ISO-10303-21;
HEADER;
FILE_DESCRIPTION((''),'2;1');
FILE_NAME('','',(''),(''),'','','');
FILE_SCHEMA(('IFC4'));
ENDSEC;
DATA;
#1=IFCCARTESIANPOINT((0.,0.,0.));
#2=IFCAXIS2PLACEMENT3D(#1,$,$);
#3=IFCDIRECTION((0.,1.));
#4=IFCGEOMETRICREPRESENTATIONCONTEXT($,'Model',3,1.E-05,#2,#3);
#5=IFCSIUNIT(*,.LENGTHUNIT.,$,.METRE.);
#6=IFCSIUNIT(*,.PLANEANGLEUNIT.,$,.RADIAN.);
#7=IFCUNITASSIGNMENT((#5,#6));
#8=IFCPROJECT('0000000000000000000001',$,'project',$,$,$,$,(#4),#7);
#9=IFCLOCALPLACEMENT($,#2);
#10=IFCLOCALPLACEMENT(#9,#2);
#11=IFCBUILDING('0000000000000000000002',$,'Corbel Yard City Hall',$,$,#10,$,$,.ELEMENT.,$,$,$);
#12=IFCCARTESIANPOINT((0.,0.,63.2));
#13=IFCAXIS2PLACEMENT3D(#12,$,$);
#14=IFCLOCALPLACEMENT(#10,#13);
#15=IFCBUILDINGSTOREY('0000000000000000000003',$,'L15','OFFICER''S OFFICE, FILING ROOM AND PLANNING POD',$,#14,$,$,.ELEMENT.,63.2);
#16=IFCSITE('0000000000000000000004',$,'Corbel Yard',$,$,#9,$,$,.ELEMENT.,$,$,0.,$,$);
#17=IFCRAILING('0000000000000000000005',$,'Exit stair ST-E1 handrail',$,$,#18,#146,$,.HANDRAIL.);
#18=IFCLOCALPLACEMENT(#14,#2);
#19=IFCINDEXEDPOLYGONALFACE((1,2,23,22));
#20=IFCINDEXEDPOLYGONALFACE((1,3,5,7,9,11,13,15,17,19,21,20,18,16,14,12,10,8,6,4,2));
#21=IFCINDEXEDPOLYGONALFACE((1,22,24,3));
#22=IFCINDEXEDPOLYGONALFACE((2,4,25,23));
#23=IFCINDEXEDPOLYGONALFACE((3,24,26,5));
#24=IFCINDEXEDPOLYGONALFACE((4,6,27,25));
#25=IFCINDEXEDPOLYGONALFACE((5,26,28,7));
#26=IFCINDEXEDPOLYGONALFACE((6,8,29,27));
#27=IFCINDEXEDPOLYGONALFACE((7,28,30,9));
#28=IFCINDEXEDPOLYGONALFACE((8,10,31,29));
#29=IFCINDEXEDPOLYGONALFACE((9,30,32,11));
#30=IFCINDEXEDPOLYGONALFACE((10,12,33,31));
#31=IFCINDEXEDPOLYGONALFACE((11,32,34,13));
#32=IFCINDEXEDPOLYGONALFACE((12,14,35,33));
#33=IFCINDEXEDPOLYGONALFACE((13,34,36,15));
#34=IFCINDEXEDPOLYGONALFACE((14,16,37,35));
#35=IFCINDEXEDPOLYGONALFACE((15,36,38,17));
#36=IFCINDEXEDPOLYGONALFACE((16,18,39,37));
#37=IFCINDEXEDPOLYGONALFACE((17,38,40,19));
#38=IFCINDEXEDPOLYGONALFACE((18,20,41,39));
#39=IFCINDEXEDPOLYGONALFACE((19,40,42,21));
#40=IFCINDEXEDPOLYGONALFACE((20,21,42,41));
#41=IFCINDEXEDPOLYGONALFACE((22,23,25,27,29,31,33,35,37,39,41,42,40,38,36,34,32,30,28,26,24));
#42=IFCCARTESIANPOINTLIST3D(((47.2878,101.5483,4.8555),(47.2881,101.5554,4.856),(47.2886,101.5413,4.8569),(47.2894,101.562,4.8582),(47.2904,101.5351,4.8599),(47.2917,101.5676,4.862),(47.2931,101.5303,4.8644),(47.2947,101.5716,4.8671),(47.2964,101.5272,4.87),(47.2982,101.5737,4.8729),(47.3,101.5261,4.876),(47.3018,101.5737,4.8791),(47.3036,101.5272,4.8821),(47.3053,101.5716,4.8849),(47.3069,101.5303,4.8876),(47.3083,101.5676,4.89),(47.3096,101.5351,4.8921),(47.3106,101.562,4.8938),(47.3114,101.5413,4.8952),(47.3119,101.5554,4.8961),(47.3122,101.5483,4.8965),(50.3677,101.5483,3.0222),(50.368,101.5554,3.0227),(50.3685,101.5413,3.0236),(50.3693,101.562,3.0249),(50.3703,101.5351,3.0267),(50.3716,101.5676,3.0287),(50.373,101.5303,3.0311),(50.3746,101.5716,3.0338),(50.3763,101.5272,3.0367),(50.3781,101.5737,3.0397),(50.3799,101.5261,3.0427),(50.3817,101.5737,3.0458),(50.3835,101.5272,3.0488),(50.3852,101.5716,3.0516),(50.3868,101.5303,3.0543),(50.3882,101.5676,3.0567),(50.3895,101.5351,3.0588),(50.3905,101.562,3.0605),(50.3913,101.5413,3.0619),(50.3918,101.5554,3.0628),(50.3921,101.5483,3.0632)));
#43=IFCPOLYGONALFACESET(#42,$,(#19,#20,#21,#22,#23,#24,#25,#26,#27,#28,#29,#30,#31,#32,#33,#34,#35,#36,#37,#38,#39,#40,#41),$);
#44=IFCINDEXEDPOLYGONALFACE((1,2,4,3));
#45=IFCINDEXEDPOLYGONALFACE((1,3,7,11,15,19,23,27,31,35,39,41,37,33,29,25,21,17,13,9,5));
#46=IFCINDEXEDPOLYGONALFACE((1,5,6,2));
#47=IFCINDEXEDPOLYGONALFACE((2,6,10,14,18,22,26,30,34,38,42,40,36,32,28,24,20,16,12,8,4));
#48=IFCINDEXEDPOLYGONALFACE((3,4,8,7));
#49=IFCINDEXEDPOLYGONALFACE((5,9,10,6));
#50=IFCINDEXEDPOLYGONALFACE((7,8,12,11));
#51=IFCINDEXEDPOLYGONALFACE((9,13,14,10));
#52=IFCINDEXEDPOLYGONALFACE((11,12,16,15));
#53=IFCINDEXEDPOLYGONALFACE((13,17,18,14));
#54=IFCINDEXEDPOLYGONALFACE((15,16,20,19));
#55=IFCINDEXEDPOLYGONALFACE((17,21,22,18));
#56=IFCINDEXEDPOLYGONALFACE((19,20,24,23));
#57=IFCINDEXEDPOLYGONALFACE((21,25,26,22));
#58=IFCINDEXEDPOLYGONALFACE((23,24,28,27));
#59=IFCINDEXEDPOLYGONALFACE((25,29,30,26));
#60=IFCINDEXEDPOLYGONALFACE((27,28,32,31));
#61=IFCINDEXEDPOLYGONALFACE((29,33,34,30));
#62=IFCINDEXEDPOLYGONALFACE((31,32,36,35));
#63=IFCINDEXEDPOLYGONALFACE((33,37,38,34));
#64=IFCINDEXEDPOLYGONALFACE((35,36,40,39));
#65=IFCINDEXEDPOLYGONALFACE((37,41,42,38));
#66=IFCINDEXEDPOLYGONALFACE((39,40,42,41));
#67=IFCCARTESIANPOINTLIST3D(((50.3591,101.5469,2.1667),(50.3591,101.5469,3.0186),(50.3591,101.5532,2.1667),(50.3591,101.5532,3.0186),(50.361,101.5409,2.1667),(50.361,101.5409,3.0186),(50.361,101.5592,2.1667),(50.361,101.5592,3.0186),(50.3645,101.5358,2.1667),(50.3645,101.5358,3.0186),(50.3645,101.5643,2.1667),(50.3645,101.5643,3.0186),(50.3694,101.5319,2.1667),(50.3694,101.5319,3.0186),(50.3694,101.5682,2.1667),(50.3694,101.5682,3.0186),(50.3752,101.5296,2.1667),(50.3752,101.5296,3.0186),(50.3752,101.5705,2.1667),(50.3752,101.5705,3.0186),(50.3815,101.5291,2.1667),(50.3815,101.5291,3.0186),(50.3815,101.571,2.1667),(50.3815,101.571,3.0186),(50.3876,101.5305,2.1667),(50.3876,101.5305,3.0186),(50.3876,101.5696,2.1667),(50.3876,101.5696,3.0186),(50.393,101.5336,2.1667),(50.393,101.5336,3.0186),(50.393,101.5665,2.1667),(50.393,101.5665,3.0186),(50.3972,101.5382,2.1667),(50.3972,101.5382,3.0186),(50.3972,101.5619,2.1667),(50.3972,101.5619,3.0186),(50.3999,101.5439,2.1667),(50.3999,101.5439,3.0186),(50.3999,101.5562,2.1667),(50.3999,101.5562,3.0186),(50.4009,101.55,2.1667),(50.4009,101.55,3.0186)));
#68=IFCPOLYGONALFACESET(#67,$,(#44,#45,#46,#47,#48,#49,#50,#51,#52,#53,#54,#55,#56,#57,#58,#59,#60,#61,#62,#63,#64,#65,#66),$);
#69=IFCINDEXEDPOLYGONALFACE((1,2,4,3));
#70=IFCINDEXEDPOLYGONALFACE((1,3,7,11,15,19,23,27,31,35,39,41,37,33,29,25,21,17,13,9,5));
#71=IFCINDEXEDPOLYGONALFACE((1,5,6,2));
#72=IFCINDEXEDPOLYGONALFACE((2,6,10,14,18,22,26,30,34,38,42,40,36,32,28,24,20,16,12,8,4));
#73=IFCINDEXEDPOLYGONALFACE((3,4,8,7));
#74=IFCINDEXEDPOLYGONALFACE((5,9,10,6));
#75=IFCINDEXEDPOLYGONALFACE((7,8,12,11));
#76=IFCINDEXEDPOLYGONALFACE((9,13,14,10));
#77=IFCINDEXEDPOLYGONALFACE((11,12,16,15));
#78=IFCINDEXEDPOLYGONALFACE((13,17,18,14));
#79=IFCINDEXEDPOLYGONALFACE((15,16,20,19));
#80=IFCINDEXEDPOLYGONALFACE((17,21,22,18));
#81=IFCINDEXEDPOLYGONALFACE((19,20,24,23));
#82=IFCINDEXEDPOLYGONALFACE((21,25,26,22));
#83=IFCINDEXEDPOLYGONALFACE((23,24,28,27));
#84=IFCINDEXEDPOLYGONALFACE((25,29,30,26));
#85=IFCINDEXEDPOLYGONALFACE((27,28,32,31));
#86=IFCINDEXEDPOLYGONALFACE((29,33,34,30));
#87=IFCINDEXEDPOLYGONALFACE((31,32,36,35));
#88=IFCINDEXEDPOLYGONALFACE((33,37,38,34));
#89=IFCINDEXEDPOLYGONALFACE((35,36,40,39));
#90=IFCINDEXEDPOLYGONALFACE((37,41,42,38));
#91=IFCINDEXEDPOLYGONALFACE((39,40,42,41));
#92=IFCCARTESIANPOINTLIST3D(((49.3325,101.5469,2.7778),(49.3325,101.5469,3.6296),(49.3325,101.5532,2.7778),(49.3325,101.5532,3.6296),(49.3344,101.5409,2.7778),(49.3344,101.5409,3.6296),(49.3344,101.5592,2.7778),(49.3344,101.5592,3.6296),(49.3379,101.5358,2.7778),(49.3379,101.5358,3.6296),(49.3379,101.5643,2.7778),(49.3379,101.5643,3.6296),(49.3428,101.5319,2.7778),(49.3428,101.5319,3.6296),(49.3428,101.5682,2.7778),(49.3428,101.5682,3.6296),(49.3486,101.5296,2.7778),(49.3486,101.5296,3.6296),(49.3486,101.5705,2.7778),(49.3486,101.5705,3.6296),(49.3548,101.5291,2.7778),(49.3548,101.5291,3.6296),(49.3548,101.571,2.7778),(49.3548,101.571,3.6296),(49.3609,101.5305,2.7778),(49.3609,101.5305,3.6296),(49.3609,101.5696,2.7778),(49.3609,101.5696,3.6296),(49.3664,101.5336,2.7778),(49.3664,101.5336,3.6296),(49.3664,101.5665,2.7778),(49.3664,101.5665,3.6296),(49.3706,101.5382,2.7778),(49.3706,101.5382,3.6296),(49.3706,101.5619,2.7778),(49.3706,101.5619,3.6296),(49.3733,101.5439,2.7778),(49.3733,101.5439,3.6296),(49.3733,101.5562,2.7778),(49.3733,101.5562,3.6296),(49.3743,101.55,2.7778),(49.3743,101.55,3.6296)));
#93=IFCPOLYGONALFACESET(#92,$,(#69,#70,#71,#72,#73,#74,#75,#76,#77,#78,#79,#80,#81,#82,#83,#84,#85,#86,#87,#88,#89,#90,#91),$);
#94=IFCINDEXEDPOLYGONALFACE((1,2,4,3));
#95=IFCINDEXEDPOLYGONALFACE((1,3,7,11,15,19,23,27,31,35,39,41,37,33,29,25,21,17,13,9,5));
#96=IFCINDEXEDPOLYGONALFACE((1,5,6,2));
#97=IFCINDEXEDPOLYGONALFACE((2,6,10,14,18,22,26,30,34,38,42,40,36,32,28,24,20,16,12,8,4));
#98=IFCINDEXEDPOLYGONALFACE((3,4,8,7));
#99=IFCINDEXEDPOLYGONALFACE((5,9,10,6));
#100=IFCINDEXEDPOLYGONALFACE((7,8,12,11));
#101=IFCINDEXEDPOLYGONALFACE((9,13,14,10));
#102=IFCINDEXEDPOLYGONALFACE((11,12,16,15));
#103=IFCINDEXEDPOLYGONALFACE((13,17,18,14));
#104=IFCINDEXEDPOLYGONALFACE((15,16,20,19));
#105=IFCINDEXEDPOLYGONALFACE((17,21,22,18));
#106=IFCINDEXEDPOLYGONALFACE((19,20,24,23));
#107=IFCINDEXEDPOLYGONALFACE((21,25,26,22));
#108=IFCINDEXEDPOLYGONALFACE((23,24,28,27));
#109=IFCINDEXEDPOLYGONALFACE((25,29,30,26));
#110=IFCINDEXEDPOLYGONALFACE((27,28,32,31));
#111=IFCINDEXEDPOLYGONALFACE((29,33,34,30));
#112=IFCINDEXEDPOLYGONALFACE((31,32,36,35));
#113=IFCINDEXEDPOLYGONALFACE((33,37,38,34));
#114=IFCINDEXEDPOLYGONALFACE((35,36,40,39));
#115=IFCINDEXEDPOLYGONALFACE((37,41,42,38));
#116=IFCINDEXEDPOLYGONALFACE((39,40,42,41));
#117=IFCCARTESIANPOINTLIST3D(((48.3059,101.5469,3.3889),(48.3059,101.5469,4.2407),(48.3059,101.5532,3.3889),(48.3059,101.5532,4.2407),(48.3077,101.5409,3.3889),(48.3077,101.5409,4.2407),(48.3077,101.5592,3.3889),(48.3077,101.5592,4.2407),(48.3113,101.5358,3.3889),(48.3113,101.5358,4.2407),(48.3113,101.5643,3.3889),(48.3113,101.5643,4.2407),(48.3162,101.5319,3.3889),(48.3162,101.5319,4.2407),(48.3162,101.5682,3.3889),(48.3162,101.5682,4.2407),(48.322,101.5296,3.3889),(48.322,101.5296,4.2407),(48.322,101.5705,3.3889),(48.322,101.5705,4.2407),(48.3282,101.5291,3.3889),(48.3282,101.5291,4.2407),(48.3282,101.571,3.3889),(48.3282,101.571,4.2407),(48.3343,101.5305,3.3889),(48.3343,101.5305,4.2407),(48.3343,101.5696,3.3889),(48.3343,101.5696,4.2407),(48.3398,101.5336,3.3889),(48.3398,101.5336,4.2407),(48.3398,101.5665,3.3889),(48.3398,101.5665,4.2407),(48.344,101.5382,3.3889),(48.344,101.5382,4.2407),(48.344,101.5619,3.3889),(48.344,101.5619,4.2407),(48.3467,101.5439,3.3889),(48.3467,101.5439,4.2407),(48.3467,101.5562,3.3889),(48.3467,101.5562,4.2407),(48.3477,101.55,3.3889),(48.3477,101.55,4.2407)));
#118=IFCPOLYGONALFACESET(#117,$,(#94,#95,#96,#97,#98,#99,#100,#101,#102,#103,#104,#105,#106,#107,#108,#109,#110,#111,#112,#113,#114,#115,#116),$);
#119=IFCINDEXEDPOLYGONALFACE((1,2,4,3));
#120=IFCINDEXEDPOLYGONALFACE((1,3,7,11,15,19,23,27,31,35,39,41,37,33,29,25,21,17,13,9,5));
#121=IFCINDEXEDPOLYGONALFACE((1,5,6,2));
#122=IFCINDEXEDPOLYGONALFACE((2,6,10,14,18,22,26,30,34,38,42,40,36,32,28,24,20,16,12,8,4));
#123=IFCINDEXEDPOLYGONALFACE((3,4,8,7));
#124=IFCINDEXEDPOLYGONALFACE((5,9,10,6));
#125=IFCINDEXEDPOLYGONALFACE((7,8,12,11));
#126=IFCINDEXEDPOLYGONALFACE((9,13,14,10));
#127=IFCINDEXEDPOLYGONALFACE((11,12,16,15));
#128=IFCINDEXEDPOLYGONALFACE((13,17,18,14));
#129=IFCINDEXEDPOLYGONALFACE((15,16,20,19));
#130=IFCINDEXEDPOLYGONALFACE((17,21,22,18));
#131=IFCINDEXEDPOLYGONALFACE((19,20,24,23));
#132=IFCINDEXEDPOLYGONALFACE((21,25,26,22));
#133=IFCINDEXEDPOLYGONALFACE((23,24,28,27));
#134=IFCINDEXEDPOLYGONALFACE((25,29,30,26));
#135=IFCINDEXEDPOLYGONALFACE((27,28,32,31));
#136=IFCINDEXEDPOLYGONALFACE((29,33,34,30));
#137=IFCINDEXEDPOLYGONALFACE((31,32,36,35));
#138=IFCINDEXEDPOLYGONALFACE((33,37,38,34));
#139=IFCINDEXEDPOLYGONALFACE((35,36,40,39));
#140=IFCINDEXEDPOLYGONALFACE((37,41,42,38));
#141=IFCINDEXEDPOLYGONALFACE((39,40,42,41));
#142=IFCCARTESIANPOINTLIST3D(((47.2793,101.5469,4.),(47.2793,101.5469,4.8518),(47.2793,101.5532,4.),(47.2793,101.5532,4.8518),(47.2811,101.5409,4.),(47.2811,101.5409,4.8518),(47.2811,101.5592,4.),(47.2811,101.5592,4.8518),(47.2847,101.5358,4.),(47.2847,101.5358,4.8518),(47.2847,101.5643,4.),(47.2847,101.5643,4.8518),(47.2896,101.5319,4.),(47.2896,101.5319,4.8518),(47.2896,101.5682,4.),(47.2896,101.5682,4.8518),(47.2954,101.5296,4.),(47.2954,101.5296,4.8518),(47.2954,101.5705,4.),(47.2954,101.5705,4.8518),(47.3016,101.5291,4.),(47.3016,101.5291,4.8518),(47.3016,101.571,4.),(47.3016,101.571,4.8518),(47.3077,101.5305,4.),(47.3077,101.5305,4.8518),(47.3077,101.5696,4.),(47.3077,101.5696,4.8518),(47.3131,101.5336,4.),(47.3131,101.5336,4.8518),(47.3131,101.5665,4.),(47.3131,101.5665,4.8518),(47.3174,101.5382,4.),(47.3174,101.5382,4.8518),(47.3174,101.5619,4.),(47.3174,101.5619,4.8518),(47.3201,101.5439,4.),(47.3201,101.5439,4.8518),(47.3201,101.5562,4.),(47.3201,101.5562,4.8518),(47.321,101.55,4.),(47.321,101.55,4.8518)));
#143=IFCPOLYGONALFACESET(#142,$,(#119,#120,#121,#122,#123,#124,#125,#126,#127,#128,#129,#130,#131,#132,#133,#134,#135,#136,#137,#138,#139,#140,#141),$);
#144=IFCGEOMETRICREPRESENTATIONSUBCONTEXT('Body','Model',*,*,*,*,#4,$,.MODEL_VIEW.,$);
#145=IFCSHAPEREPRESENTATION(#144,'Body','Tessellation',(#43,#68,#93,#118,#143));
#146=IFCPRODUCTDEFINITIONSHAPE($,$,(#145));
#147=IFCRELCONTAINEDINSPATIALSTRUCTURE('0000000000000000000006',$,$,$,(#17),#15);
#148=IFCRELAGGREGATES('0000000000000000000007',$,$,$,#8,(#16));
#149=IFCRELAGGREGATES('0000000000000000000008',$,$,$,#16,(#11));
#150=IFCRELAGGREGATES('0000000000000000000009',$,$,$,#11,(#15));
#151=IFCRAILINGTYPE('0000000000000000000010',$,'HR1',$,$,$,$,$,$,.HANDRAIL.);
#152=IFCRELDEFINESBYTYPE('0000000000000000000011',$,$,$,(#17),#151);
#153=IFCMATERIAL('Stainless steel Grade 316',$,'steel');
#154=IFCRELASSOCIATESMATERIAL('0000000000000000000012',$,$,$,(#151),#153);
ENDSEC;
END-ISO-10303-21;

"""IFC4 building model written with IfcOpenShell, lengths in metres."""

from ifc_helpers import new_model, si_unit, direction, frame, origin, origin_2d, place, context, subcontext, project, spatial, circle, extrude, material, type_object, element, save


model = new_model("IFC4")

# Units and contexts
model_context = context("Model", 3, precision=1e-05, world=origin(), true_north=direction((0.0, 1.0)))
body_context = subcontext(model_context, "Body", "Model", "MODEL_VIEW")
ifc_project = project(units=[si_unit("LENGTHUNIT", "METRE"), si_unit("PLANEANGLEUNIT", "RADIAN")], contexts=[model_context])

# Site, building, storey
site_placement = place(None, origin())
site = spatial("IfcSite", under=ifc_project, at=site_placement, Name="Corbel Yard", CompositionType="ELEMENT", RefElevation=0.0)
building_placement = place(site_placement, origin())
building = spatial("IfcBuilding", under=site, at=building_placement, Name="Corbel Yard City Hall", CompositionType="ELEMENT")
storey_placement = place(building_placement, frame((0.0, 0.0, 63.2)))
storey = spatial("IfcBuildingStorey", under=building, at=storey_placement, Name="L15", Description="OFFICER'S OFFICE, FILING ROOM AND PLANNING POD", CompositionType="ELEMENT", Elevation=63.2)

# Railing
ifc_material_1 = material(Name="Stainless steel Grade 316", Category="steel")
railing_type = type_object("IfcRailingType", Name="HR1", PredefinedType="HANDRAIL", material=ifc_material_1)
for number, where, name in (
    (1, (50.3799, 101.55, 2.1667), "Exit stair ST-E1 handrail"),
):
    element("IfcRailing", number, at=place(storey_placement, frame(where)), inside=storey, type_object=railing_type, Name=name, PredefinedType="HANDRAIL", context=body_context, shape_type="SweptSolid", body=[
        extrude(circle(Radius=0.0239, at=origin_2d()), frame((0.0, 0.0, 0.876), z_axis=(-0.859291, 0.0, 0.511487), x_axis=(0.0, -1.0, 0.0)), (0.0, 0.0, 1.0), 3.5842),
        extrude(circle(Radius=0.021, at=origin_2d()), origin(), (0.0, 0.0, 1.0), 0.8518),
        extrude(circle(Radius=0.021, at=origin_2d()), frame((-1.0266, 0.0, 0.6111)), (0.0, 0.0, 1.0), 0.8518),
        extrude(circle(Radius=0.021, at=origin_2d()), frame((-2.0532, 0.0, 1.2222)), (0.0, 0.0, 1.0), 0.8518),
        extrude(circle(Radius=0.021, at=origin_2d()), frame((-3.0798, 0.0, 1.8333)), (0.0, 0.0, 1.0), 0.8518),
    ])

save(model, "model.ifc")
